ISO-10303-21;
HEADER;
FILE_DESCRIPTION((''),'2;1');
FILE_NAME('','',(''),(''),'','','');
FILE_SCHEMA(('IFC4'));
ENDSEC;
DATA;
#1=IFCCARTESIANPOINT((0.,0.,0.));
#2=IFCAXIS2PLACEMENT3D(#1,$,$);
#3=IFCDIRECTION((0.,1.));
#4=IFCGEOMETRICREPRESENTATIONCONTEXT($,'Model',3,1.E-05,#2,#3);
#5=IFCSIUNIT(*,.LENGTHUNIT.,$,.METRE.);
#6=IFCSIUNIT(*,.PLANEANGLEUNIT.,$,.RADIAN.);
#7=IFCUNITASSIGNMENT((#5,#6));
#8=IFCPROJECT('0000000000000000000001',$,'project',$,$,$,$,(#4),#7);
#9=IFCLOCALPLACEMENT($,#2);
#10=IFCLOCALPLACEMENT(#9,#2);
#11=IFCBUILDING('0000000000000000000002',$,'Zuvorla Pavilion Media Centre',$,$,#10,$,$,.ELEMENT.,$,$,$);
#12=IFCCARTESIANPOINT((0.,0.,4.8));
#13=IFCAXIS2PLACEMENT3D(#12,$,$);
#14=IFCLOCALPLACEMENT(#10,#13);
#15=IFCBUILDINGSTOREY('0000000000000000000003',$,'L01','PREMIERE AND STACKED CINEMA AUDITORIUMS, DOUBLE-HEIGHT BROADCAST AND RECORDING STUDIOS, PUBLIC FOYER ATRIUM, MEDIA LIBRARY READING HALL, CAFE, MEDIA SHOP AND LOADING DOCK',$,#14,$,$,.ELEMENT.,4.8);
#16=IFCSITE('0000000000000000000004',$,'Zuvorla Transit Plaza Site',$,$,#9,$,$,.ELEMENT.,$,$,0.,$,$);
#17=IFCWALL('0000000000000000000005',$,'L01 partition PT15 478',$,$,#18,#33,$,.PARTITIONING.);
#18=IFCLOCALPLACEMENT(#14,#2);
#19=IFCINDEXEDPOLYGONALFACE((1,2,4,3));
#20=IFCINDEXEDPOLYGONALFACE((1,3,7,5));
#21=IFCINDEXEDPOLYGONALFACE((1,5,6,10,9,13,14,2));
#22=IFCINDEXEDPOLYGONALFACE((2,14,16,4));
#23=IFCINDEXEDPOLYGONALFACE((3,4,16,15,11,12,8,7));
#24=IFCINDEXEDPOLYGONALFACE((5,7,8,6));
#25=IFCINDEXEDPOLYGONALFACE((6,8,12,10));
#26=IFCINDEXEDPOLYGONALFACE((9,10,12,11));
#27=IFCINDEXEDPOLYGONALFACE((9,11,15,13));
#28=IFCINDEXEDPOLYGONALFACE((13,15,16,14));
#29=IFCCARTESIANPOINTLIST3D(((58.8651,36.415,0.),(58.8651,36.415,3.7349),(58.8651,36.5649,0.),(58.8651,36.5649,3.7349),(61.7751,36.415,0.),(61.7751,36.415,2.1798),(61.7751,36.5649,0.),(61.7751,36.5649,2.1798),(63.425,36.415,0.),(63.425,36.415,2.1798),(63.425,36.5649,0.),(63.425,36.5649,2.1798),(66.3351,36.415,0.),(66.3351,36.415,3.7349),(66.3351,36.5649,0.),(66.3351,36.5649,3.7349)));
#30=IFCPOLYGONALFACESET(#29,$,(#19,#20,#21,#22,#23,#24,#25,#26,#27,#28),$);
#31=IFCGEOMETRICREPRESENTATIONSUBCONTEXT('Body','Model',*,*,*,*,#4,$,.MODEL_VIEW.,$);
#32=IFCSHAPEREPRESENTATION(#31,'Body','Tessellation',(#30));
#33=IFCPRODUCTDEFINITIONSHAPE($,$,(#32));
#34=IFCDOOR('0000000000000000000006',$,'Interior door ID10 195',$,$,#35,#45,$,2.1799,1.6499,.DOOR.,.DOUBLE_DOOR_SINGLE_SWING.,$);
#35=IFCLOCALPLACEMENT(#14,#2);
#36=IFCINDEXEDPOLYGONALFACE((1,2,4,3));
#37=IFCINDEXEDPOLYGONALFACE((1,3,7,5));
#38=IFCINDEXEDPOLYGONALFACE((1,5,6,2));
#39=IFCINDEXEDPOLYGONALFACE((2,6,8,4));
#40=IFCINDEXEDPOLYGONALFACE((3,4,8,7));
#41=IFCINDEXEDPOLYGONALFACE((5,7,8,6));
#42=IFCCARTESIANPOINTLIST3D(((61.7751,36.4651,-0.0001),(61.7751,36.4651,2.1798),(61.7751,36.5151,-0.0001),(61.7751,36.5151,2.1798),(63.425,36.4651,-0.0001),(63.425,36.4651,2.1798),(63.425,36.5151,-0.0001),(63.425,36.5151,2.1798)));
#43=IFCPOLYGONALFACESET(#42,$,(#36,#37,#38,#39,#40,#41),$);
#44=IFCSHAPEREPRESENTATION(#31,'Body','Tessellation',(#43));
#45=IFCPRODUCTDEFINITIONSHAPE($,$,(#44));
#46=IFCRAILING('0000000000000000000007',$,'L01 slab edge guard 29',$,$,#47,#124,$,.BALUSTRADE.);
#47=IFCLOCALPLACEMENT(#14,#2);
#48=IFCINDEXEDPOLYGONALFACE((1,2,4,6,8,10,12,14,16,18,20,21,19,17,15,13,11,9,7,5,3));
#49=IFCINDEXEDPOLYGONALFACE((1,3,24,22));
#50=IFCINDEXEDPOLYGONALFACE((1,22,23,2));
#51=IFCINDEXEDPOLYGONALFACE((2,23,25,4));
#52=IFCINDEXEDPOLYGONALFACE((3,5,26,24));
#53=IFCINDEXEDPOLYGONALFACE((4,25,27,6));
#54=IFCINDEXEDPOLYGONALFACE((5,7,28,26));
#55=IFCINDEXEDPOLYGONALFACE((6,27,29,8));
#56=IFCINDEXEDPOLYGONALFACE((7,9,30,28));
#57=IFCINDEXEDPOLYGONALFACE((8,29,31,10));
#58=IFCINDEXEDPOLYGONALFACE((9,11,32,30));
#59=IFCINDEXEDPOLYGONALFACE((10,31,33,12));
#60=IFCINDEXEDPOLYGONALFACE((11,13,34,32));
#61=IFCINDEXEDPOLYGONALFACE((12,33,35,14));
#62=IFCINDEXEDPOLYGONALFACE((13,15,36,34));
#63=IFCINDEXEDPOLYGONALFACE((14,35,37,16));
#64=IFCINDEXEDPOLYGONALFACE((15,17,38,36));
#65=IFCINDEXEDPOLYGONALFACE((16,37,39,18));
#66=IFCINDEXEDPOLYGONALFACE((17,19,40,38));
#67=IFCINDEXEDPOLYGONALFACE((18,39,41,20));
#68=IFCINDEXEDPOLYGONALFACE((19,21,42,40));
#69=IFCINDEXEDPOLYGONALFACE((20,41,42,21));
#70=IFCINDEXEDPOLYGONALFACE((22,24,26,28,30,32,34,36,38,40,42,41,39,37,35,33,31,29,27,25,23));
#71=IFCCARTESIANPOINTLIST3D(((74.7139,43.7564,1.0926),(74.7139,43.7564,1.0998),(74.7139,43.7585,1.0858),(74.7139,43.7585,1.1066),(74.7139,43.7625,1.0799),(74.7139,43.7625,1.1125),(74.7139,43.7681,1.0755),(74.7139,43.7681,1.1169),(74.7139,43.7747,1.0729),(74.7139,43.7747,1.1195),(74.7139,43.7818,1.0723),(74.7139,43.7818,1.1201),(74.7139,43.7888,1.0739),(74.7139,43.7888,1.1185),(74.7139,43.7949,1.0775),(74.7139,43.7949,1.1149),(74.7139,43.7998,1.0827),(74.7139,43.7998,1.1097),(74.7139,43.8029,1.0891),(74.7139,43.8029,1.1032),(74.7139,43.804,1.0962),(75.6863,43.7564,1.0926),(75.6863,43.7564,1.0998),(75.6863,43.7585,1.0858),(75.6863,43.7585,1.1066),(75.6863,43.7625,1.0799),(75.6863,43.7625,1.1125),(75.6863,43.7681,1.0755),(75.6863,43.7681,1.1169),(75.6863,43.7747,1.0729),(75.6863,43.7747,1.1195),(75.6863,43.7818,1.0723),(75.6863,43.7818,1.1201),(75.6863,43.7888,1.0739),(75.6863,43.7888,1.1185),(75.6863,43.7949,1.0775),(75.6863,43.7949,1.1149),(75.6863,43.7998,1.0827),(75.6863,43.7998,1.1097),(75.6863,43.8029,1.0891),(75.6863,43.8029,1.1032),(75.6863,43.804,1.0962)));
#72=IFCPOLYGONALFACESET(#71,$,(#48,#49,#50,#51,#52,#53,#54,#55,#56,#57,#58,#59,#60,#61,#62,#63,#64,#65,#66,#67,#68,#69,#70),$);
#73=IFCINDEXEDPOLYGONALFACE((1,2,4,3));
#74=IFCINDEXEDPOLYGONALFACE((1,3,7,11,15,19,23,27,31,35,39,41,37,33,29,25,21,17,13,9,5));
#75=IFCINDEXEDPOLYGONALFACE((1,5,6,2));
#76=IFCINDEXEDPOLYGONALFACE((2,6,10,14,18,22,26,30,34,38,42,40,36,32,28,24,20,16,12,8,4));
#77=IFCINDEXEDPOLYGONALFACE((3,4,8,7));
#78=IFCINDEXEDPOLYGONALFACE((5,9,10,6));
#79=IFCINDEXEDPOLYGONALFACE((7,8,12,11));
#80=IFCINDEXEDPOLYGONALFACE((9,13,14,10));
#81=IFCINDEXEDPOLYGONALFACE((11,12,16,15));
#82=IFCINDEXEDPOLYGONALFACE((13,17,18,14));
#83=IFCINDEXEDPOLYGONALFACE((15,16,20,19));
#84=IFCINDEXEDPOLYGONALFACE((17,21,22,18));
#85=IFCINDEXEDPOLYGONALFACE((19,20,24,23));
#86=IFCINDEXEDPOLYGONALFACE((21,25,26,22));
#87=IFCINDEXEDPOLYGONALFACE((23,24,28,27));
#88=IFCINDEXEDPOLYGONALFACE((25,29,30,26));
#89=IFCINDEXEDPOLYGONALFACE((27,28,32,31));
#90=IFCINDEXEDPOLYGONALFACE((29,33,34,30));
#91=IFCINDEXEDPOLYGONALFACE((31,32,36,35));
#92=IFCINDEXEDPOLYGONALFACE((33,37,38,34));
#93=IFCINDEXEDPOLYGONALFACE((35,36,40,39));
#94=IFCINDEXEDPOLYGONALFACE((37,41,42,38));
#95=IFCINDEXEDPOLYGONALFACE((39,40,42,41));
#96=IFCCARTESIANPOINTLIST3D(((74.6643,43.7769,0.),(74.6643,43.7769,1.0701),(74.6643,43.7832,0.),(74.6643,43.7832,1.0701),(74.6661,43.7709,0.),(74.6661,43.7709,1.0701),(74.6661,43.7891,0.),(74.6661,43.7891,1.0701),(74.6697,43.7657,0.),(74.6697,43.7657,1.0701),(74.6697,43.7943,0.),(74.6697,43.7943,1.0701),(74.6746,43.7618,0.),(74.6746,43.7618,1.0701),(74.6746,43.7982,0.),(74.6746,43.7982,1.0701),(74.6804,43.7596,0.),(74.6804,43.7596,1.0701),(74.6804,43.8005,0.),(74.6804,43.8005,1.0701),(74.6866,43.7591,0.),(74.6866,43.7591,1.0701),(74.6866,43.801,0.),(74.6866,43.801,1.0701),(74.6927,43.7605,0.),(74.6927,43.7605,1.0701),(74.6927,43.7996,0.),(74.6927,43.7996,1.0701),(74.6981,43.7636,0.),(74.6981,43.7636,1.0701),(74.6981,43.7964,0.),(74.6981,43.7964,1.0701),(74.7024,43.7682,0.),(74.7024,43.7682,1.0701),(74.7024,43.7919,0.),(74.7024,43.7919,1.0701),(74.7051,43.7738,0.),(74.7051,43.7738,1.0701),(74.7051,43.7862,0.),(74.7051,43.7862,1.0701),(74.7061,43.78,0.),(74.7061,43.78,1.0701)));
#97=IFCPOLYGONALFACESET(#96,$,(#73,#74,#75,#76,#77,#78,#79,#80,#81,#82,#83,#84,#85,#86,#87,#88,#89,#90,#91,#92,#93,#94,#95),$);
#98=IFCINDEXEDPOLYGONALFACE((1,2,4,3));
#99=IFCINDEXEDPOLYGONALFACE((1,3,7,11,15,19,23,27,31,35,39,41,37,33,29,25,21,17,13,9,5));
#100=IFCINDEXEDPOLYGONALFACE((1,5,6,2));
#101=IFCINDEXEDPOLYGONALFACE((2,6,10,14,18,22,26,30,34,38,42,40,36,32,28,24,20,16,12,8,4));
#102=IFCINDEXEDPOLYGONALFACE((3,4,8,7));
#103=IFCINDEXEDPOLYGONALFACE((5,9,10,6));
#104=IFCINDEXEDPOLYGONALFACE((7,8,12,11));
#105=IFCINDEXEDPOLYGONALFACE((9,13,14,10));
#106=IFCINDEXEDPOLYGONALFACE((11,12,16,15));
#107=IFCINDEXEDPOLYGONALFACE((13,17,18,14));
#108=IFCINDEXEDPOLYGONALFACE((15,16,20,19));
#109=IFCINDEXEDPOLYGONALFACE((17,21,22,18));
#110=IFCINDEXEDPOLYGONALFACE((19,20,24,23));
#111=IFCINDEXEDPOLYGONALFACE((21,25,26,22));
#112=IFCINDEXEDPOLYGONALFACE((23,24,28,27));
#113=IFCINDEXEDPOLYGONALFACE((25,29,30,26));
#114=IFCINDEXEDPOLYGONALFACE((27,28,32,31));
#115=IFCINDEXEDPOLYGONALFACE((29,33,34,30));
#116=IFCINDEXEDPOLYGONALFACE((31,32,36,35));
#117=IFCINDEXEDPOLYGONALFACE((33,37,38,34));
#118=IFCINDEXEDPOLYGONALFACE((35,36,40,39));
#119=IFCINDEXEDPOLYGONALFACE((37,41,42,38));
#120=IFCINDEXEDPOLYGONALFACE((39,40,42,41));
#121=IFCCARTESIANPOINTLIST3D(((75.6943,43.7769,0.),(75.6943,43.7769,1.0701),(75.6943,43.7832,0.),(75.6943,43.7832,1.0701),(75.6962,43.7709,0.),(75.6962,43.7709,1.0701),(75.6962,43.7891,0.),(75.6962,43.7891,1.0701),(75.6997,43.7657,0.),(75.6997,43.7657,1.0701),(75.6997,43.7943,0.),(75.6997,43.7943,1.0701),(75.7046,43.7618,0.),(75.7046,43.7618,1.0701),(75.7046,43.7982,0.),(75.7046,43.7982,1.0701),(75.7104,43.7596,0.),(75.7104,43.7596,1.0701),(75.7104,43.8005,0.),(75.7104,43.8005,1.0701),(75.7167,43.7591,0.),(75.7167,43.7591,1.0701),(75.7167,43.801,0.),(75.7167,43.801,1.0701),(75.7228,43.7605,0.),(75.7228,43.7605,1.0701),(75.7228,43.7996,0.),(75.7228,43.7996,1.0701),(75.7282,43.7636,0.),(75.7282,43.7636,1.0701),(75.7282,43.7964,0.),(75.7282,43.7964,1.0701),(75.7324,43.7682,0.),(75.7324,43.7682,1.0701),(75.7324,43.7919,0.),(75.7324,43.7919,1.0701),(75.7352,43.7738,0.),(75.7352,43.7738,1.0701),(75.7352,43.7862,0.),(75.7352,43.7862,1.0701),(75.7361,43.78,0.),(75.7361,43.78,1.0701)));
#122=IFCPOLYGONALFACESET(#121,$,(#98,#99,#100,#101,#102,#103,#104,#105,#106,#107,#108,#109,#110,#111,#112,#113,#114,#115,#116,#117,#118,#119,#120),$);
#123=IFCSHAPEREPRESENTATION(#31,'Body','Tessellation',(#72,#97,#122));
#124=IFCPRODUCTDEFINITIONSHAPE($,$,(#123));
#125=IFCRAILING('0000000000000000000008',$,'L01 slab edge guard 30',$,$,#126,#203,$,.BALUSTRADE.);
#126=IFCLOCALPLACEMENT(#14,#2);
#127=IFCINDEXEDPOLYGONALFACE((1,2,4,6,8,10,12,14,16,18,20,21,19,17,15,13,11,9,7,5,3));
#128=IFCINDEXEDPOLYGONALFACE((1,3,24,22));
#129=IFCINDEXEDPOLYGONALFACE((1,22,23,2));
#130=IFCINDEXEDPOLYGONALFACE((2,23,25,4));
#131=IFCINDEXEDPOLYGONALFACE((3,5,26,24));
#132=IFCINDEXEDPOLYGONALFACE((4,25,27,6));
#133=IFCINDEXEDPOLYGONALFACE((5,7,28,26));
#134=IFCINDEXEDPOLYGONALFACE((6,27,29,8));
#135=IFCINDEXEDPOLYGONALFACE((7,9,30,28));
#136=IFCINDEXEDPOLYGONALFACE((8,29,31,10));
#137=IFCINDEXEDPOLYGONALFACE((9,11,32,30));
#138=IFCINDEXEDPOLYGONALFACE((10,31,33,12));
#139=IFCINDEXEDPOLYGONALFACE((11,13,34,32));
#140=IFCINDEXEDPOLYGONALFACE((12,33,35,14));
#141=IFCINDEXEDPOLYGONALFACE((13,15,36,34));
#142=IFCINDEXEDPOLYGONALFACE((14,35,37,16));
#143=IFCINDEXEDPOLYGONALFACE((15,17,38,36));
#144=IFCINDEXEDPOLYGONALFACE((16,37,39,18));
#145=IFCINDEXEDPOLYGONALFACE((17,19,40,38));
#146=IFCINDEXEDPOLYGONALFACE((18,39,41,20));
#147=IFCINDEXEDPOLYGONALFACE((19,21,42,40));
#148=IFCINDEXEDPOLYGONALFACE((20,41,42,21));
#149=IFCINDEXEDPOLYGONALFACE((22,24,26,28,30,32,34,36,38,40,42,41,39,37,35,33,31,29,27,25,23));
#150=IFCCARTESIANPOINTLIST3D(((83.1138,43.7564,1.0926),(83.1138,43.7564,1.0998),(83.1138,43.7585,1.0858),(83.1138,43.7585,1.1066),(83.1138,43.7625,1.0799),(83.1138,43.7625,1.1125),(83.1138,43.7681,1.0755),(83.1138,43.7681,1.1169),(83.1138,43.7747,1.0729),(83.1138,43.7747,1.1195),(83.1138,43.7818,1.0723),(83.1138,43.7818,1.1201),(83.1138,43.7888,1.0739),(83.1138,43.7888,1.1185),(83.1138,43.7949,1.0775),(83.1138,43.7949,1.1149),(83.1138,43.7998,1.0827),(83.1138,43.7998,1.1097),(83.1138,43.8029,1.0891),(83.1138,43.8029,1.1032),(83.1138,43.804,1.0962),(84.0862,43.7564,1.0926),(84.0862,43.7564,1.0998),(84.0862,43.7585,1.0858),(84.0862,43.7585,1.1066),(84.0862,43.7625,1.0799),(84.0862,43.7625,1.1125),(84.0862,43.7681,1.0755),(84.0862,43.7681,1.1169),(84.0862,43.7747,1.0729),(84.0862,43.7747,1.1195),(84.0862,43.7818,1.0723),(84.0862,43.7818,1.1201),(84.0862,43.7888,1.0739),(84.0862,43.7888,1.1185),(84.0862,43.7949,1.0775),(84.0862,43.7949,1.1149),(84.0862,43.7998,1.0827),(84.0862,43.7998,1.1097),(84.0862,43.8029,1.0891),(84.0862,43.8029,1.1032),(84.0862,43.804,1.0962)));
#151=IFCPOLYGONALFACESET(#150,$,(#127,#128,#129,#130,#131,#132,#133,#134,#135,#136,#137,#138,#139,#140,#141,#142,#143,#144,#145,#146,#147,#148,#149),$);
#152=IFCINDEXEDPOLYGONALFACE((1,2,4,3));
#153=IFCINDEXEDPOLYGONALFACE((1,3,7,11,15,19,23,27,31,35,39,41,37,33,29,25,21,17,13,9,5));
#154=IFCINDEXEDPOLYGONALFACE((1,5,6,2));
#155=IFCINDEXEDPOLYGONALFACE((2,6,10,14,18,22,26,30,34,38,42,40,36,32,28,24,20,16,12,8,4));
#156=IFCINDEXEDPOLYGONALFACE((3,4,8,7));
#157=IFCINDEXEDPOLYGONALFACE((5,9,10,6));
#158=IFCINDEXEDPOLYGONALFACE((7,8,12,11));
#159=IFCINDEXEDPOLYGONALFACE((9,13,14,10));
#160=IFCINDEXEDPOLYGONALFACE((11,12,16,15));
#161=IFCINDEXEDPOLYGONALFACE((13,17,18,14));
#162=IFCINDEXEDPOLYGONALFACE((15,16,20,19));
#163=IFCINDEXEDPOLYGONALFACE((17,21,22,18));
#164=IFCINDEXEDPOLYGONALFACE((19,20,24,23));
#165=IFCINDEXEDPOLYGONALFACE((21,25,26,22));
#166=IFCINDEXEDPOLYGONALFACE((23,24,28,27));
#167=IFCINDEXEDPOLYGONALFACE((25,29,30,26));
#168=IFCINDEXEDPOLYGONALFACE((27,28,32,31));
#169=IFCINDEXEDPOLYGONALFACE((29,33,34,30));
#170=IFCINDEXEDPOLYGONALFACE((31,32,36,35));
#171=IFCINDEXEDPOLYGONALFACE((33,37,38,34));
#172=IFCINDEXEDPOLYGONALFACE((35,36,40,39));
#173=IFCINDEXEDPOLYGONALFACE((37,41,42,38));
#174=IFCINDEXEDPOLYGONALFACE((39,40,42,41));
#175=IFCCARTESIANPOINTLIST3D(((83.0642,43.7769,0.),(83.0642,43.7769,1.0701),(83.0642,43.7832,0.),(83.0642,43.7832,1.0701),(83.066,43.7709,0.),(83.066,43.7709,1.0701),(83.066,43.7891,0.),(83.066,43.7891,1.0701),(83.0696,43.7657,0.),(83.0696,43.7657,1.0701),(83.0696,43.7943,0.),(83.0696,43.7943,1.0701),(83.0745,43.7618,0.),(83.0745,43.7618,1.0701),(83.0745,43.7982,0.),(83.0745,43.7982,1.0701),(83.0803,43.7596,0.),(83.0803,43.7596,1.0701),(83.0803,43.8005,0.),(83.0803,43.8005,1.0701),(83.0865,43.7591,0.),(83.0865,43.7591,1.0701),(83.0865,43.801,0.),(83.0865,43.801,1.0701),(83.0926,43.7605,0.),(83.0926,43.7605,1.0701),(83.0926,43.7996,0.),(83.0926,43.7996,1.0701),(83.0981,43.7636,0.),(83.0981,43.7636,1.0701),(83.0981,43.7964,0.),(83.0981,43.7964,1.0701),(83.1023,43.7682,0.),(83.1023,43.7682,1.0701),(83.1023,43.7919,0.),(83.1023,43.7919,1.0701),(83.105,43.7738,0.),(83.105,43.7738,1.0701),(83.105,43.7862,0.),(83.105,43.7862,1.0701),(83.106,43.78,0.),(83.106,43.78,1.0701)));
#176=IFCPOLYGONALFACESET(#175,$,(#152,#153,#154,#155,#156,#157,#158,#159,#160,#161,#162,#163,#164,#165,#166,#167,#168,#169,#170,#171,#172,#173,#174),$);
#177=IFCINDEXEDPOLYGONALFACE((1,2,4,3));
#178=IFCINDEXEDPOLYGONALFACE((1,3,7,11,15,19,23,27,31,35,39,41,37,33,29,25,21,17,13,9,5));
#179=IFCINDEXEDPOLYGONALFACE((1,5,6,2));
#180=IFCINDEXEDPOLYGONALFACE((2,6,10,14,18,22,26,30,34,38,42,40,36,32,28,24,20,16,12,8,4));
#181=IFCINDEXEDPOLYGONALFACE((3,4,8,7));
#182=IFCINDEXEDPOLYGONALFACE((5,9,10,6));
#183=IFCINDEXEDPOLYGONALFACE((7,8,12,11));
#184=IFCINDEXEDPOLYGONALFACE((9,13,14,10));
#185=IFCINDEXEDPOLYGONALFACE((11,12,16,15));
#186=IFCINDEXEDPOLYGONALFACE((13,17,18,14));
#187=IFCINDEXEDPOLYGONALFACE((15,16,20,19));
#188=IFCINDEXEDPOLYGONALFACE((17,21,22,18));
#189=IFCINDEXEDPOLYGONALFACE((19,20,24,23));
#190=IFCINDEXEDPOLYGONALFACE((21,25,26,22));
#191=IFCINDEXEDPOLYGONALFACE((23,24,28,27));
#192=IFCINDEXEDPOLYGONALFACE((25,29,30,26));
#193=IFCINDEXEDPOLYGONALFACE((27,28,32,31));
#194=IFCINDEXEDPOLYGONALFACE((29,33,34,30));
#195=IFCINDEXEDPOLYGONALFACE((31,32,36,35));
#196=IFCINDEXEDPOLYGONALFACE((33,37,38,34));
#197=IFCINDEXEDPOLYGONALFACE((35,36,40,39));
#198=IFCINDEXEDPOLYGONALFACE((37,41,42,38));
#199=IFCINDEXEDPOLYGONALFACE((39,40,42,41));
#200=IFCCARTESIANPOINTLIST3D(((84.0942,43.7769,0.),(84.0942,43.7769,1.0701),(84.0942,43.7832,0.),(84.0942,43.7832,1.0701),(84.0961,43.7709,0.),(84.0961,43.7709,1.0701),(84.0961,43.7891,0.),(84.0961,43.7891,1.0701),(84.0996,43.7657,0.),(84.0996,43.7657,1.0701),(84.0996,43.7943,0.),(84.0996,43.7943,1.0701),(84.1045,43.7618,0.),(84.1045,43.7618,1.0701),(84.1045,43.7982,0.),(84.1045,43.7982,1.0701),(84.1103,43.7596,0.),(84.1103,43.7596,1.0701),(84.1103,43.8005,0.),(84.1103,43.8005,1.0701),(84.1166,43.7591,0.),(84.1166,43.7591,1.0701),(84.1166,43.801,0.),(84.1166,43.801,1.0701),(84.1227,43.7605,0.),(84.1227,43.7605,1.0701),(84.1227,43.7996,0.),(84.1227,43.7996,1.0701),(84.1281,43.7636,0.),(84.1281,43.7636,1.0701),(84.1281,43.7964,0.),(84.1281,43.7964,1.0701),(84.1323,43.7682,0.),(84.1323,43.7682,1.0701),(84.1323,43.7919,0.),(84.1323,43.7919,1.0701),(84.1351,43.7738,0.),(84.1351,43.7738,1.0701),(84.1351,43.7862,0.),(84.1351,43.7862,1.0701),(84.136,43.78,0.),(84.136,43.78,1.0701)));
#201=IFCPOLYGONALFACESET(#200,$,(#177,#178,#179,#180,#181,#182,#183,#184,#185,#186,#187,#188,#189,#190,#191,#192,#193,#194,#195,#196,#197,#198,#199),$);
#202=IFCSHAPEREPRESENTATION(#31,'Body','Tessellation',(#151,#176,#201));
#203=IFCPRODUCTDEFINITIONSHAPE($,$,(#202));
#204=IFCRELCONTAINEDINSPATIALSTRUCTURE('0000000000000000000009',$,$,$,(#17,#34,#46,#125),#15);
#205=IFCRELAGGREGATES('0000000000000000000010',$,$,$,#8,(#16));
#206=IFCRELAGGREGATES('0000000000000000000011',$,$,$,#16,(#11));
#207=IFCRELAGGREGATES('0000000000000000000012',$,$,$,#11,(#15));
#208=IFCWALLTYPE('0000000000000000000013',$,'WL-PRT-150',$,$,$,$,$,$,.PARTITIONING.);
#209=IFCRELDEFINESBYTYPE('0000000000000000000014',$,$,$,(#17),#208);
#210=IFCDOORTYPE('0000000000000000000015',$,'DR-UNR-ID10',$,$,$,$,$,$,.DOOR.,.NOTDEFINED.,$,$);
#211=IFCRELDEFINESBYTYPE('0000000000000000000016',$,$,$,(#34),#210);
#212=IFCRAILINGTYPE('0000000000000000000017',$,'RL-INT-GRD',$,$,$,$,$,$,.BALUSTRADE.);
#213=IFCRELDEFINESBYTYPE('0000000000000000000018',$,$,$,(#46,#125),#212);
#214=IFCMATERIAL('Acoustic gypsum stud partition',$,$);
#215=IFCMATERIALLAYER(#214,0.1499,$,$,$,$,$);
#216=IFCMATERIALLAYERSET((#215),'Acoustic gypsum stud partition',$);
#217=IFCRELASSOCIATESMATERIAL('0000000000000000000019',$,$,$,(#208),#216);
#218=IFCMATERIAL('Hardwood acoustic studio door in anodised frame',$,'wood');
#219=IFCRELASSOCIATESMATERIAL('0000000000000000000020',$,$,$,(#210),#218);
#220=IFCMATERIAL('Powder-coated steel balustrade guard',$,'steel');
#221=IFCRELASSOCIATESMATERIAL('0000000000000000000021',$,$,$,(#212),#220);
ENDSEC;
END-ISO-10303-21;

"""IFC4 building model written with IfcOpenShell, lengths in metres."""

from ifc_helpers import new_model, si_unit, direction, frame, frame_2d, origin, origin_2d, place, context, subcontext, project, spatial, rectangle, circle, extrude, material, layer, layer_set, type_object, element, fill, save


model = new_model("IFC4")

# Units and contexts
model_context = context("Model", 3, precision=1e-05, world=origin(), true_north=direction((0.0, 1.0)))
body_context = subcontext(model_context, "Body", "Model", "MODEL_VIEW")
ifc_project = project(units=[si_unit("LENGTHUNIT", "METRE"), si_unit("PLANEANGLEUNIT", "RADIAN")], contexts=[model_context])

# Site, building, storey
site_placement = place(None, origin())
site = spatial("IfcSite", under=ifc_project, at=site_placement, Name="Zuvorla Transit Plaza Site", CompositionType="ELEMENT", RefElevation=0.0)
building_placement = place(site_placement, origin())
building = spatial("IfcBuilding", under=site, at=building_placement, Name="Zuvorla Pavilion Media Centre", CompositionType="ELEMENT")
storey_placement = place(building_placement, frame((0.0, 0.0, 4.8)))
storey = spatial("IfcBuildingStorey", under=building, at=storey_placement, Name="L01", Description="PREMIERE AND STACKED CINEMA AUDITORIUMS, DOUBLE-HEIGHT BROADCAST AND RECORDING STUDIOS, PUBLIC FOYER ATRIUM, MEDIA LIBRARY READING HALL, CAFE, MEDIA SHOP AND LOADING DOCK", CompositionType="ELEMENT", Elevation=4.8)

# Wall, opening, door
ifc_material_1 = material(Name="Acoustic gypsum stud partition")
ifc_layer_1 = layer(ifc_material_1, 0.1499)
ifc_layer_set_1 = layer_set([ifc_layer_1], Name="Acoustic gypsum stud partition")
wall_type_1 = type_object("IfcWallType", Name="WL-PRT-150", PredefinedType="PARTITIONING", material=ifc_layer_set_1)
ifc_material_2 = material(Name="Hardwood acoustic studio door in anodised frame", Category="wood")
wall_1_placement = place(storey_placement, frame((66.335, 36.49, 0.0), z_axis=(0.0, 0.0, 1.0), x_axis=(-1.0, 0.0, 0.0)))
wall_1 = element("IfcWall", 1, at=wall_1_placement, inside=storey, type_object=wall_type_1, Name="L01 partition PT15 478", PredefinedType="PARTITIONING", context=body_context, shape_type="SweptSolid", body=[
    extrude(rectangle(XDim=7.47, YDim=0.1499, at=frame_2d((3.7349, 0.0))), origin(), (0.0, 0.0, 1.0), 3.7349),
])
opening_1_placement = place(wall_1_placement, frame((2.9099, 0.0, 0.0)))
opening_1 = element("IfcOpeningElement", 2, at=opening_1_placement, cuts=wall_1, PredefinedType="OPENING", context=body_context, shape_type="SweptSolid", body=[
    extrude(rectangle(XDim=1.6499, YDim=2.1799, at=frame_2d((0.825, 1.0898))), frame((0.0, 0.085, 0.0), z_axis=(0.0, -1.0, 0.0), x_axis=(1.0, 0.0, 0.0)), (0.0, 0.0, 1.0), 0.1699),
])
door_type_1 = type_object("IfcDoorType", Name="DR-UNR-ID10", OperationType="NOTDEFINED", PredefinedType="DOOR", material=ifc_material_2)
door_1_placement = place(opening_1_placement, origin())
door_1 = element("IfcDoor", 3, at=door_1_placement, inside=storey, type_object=door_type_1, Name="Interior door ID10 195", OperationType="DOUBLE_DOOR_SINGLE_SWING", OverallHeight=2.1799, OverallWidth=1.6499, PredefinedType="DOOR", context=body_context, shape_type="SweptSolid", body=[
    extrude(rectangle(XDim=1.6499, YDim=2.1799, at=frame_2d((0.825, 1.0898))), frame((0.0, 0.0249, 0.0), z_axis=(0.0, -1.0, 0.0), x_axis=(1.0, 0.0, 0.0)), (0.0, 0.0, 1.0), 0.05),
])
fill(opening_1, door_1)

# Railings
ifc_material_3 = material(Name="Powder-coated steel balustrade guard", Category="steel")
railing_type = type_object("IfcRailingType", Name="RL-INT-GRD", PredefinedType="BALUSTRADE", material=ifc_material_3)
for number, where, name in (
    (4, (74.6851, 43.78, 0.0), "L01 slab edge guard 29"),
    (5, (83.085, 43.78, 0.0), "L01 slab edge guard 30"),
):
    element("IfcRailing", number, at=place(storey_placement, frame(where)), inside=storey, type_object=railing_type, Name=name, PredefinedType="BALUSTRADE", context=body_context, shape_type="SweptSolid", body=[
        extrude(circle(Radius=0.0239, at=origin_2d()), frame((0.0288, 0.0, 1.0962), z_axis=(1.0, 0.0, 0.0), x_axis=(0.0, 1.0, 0.0)), (0.0, 0.0, 1.0), 0.9724),
        extrude(circle(Radius=0.021, at=origin_2d()), origin(), (0.0, 0.0, 1.0), 1.0701),
        extrude(circle(Radius=0.021, at=origin_2d()), frame((1.03, 0.0, 0.0)), (0.0, 0.0, 1.0), 1.0701),
    ])

save(model, "model.ifc")
